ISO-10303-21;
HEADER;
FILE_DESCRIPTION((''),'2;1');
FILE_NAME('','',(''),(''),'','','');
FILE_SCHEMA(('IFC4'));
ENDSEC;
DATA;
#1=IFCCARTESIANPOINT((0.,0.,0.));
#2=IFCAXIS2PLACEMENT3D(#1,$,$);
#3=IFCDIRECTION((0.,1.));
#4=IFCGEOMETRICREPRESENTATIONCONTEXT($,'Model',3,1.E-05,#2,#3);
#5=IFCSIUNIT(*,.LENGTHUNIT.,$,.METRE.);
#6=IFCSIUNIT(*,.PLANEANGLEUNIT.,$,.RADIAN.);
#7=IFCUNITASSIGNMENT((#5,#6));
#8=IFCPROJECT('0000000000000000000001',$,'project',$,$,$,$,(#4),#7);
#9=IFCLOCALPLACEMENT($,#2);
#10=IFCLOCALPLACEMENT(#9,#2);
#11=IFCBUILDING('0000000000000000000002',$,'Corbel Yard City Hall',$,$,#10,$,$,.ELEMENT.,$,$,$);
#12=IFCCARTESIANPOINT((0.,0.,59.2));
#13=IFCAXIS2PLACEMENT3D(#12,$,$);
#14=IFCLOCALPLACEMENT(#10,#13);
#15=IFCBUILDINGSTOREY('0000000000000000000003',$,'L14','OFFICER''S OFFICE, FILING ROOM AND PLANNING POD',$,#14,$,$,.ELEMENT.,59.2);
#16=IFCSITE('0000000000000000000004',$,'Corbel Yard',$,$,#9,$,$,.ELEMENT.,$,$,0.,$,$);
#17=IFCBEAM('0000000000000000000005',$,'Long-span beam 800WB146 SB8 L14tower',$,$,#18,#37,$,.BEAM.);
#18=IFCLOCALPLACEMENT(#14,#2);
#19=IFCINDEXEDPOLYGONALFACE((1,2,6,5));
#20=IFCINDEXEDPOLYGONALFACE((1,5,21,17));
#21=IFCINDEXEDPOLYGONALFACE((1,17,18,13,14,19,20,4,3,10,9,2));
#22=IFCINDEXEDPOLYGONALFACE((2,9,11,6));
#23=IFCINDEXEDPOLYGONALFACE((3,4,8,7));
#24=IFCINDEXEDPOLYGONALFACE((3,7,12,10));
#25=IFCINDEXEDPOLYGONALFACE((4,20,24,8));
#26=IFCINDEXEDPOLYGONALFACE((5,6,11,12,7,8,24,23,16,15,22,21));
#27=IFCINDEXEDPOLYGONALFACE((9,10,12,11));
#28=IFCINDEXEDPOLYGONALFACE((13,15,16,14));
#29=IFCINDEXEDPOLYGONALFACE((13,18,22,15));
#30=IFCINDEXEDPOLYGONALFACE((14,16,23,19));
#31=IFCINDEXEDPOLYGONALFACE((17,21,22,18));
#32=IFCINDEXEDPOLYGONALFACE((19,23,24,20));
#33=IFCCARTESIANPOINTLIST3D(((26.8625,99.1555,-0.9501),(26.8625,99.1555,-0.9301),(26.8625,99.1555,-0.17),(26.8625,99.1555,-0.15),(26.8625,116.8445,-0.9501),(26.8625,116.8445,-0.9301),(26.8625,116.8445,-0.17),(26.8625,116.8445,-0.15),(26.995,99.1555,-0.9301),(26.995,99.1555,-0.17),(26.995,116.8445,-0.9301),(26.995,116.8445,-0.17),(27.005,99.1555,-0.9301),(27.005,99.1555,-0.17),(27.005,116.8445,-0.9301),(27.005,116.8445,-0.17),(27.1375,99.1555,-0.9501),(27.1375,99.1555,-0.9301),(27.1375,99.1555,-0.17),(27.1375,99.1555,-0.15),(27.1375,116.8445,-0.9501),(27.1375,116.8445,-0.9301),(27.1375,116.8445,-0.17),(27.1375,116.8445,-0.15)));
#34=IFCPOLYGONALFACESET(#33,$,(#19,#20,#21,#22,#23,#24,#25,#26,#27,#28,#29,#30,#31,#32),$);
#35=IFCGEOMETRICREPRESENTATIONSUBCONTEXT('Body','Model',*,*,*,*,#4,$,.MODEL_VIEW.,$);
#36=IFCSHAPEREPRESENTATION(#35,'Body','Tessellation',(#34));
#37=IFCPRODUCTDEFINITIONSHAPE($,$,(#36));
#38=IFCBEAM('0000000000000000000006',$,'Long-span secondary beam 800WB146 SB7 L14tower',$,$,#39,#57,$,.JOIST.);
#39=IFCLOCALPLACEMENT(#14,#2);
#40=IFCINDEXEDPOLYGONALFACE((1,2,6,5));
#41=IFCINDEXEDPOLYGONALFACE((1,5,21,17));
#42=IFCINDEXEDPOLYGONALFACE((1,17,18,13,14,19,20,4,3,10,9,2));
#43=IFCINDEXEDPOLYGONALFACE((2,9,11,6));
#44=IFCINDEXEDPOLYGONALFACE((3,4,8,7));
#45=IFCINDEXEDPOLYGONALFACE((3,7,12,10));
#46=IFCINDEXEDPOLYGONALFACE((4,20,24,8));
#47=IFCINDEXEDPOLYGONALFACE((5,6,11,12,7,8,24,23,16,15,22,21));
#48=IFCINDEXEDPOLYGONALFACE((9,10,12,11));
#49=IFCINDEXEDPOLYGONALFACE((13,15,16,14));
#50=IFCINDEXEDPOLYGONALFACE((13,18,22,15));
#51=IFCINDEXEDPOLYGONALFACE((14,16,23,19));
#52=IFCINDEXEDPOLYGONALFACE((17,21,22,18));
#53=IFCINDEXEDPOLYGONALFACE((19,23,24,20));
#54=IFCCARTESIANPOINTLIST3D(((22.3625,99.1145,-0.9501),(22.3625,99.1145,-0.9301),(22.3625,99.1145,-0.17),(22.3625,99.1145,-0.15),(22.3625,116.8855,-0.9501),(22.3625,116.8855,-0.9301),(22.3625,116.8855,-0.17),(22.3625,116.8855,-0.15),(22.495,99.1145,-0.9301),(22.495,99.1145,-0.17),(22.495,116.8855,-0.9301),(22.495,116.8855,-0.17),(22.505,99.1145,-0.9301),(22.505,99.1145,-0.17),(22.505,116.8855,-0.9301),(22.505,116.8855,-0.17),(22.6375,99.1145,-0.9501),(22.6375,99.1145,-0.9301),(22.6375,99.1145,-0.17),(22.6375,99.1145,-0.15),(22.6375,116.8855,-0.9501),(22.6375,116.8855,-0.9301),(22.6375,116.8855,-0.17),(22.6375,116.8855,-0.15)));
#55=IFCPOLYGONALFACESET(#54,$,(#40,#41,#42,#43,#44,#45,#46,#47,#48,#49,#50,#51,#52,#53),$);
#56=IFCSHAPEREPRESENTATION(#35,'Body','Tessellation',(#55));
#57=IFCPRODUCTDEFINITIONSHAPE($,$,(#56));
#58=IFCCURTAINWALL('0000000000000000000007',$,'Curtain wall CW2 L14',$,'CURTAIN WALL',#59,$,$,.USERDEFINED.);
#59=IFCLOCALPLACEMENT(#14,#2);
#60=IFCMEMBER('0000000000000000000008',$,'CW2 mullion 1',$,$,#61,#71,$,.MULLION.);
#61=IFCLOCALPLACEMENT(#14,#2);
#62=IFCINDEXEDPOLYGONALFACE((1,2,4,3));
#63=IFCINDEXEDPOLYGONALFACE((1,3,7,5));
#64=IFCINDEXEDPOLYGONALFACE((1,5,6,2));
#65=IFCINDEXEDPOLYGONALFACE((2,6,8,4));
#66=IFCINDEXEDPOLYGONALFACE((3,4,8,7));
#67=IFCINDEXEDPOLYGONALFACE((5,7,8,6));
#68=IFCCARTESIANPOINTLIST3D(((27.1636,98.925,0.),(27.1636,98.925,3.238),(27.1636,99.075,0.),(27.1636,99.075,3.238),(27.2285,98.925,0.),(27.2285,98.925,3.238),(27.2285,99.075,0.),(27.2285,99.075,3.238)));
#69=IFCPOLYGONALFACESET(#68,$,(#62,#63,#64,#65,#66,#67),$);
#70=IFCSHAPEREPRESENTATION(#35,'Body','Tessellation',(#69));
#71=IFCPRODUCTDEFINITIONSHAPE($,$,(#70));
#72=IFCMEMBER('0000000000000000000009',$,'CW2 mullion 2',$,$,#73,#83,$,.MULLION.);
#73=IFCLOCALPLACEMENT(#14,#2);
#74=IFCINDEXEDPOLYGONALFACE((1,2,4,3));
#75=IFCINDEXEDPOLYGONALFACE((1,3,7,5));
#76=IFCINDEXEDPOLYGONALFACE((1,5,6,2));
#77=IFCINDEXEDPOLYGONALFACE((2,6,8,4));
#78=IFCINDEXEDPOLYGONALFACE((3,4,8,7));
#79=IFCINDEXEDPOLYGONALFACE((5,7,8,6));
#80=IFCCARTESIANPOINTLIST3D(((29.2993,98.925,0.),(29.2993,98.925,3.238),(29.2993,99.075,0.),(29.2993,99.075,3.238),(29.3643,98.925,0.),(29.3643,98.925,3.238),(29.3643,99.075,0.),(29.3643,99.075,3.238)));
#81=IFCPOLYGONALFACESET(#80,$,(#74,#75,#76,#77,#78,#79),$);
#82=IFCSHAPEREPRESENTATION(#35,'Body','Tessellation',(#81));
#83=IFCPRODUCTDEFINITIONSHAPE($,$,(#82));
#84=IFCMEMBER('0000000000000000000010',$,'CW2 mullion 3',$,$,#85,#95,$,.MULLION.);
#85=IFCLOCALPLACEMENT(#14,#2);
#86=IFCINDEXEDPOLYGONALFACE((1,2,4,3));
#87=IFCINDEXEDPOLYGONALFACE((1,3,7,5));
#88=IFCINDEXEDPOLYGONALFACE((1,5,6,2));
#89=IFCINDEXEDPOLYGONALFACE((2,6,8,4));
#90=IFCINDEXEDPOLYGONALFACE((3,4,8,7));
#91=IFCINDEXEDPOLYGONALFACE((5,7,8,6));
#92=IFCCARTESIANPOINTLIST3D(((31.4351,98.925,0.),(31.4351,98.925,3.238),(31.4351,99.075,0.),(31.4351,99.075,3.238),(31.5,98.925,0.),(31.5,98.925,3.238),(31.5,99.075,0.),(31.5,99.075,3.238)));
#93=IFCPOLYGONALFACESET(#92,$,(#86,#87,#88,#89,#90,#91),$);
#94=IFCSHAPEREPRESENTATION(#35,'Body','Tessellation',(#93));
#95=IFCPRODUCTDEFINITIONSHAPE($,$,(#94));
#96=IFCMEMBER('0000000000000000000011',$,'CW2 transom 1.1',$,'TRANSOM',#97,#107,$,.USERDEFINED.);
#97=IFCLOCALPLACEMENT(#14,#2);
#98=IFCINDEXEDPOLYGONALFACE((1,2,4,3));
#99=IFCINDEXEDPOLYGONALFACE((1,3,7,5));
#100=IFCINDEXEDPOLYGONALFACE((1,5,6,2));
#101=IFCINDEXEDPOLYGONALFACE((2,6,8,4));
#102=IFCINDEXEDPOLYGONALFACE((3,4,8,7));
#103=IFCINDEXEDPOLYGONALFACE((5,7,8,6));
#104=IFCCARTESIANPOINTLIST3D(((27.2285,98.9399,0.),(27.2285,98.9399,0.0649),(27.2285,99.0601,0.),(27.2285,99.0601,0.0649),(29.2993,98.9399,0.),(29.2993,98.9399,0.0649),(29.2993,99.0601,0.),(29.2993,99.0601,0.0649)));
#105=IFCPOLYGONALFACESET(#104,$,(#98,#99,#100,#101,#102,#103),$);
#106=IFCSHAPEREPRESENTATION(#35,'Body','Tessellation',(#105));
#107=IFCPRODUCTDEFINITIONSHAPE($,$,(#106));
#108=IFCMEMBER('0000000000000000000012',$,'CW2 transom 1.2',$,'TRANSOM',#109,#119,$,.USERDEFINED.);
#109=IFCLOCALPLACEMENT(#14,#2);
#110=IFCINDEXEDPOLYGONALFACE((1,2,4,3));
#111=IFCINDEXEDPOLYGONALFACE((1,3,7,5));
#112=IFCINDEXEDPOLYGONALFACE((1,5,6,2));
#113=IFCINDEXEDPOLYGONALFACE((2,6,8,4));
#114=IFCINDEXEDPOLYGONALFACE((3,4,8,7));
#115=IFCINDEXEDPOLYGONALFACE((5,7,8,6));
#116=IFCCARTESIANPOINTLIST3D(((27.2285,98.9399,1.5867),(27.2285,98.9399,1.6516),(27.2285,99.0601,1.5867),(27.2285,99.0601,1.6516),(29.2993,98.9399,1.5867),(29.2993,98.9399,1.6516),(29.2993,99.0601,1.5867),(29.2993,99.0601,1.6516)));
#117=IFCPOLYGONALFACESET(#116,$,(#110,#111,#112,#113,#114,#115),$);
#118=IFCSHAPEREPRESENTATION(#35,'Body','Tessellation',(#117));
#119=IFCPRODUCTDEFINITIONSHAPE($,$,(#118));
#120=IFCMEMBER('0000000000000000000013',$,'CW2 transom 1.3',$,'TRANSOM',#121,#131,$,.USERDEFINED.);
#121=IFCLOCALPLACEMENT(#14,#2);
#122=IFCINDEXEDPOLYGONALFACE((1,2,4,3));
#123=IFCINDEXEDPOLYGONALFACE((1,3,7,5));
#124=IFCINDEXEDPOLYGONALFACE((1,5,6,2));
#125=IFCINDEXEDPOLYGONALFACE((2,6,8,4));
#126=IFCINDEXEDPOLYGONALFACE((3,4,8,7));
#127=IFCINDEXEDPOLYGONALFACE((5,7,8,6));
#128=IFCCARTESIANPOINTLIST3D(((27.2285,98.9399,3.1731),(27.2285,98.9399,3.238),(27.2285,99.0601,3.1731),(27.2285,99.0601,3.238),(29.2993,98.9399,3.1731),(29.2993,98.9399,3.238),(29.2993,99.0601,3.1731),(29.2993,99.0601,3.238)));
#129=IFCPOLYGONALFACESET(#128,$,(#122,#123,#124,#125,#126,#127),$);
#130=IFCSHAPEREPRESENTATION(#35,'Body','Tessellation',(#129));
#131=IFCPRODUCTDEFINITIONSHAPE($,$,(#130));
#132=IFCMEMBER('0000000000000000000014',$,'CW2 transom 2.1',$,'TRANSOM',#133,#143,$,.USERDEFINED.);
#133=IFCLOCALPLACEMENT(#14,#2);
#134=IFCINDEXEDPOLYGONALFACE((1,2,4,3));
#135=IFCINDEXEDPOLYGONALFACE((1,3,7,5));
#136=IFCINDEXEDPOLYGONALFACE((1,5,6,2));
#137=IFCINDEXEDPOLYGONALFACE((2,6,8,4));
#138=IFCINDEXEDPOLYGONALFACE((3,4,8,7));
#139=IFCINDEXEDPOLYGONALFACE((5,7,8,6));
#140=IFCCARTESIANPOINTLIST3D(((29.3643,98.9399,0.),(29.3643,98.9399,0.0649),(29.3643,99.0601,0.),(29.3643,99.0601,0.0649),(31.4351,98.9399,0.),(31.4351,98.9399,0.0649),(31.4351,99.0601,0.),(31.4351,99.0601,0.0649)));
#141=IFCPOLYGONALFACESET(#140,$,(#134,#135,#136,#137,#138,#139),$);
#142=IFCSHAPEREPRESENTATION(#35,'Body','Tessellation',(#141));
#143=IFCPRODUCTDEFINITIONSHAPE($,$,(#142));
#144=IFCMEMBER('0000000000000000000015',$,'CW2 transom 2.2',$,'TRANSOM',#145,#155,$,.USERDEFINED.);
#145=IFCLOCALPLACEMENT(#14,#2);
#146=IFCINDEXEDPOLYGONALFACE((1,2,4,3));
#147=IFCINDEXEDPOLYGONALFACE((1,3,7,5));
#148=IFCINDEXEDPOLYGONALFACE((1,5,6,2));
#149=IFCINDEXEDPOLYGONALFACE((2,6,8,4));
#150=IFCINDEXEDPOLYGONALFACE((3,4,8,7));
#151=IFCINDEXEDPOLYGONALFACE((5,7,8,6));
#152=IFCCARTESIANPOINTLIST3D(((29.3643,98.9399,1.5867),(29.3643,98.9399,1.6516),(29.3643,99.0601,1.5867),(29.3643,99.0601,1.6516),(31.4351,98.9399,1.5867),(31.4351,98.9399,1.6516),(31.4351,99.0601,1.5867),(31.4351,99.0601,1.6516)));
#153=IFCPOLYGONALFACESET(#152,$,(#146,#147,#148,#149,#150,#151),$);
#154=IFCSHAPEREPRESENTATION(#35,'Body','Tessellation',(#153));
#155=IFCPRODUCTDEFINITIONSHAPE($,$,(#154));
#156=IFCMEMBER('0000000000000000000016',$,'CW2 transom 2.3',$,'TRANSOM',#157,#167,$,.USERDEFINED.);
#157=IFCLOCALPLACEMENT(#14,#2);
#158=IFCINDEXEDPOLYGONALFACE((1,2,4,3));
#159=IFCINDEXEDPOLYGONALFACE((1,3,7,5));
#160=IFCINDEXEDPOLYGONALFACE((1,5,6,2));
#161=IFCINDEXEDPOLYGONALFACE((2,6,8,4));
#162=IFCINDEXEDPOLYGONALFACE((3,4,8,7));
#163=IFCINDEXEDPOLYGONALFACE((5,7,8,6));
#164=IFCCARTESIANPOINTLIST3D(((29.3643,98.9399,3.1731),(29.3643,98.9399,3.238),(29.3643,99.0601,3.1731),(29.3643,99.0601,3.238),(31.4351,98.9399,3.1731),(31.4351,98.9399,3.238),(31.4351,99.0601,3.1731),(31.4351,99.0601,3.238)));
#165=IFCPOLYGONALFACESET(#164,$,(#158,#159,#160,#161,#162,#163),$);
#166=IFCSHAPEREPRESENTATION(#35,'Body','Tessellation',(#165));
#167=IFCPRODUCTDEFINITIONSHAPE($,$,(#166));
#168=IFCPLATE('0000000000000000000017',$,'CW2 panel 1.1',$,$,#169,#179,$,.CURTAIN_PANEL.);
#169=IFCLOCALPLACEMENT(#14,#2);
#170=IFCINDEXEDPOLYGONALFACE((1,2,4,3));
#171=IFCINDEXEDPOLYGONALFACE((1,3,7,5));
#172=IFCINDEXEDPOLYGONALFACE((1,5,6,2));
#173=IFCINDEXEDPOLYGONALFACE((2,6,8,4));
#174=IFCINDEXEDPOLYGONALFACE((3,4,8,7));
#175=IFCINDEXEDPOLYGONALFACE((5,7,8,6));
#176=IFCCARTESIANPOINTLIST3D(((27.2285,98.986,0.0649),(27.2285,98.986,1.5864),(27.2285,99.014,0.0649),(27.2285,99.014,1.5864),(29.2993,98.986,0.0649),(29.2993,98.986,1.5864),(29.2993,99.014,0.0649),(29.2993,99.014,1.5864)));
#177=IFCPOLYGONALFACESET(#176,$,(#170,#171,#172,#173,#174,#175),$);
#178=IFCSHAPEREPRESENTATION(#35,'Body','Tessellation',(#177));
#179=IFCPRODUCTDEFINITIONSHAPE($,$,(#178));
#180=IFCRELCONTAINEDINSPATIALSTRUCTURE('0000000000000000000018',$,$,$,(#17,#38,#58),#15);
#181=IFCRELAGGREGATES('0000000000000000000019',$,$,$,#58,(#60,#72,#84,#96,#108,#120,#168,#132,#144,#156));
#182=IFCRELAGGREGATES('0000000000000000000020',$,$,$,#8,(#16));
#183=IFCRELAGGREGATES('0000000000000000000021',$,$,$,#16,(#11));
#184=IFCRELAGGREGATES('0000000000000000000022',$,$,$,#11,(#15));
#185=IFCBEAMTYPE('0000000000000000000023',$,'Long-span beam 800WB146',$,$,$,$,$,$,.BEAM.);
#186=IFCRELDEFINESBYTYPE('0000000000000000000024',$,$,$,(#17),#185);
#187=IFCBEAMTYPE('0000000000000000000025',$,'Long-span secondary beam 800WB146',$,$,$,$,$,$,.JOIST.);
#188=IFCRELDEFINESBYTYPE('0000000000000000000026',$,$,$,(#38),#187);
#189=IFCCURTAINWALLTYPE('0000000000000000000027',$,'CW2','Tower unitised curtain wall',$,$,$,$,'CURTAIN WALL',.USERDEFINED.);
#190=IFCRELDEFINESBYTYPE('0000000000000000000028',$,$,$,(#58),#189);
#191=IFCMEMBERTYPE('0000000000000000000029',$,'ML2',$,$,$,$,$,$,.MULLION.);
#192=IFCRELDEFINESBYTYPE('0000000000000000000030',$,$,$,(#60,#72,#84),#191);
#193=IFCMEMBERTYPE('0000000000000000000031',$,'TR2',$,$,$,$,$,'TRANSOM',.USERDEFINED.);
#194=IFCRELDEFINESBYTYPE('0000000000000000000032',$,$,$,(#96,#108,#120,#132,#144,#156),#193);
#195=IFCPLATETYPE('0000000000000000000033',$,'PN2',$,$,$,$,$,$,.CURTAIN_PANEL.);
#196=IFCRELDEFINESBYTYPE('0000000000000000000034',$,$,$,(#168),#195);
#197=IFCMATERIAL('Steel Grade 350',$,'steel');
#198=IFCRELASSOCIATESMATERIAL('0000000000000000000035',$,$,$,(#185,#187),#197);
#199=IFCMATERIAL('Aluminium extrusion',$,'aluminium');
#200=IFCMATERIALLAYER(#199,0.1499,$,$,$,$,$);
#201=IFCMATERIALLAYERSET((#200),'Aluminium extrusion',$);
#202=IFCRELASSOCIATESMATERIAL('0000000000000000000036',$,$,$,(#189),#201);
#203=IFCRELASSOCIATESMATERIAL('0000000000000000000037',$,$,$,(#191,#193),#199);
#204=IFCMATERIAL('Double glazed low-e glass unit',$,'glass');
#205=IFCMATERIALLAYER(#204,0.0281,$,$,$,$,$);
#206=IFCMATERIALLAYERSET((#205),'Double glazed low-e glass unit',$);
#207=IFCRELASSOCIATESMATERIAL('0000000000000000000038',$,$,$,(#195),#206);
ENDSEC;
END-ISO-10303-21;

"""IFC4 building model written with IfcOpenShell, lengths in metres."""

from ifc_helpers import new_model, si_unit, direction, frame, origin, origin_2d, place, context, subcontext, project, spatial, rectangle, i_section, extrude, material, layer, layer_set, material_profile, profile_set, type_object, element, aggregate, save


model = new_model("IFC4")

# Units and contexts
model_context = context("Model", 3, precision=1e-05, world=origin(), true_north=direction((0.0, 1.0)))
body_context = subcontext(model_context, "Body", "Model", "MODEL_VIEW")
ifc_project = project(units=[si_unit("LENGTHUNIT", "METRE"), si_unit("PLANEANGLEUNIT", "RADIAN")], contexts=[model_context])

# Site, building, storey
site_placement = place(None, origin())
site = spatial("IfcSite", under=ifc_project, at=site_placement, Name="Corbel Yard", CompositionType="ELEMENT", RefElevation=0.0)
building_placement = place(site_placement, origin())
building = spatial("IfcBuilding", under=site, at=building_placement, Name="Corbel Yard City Hall", CompositionType="ELEMENT")
storey_placement = place(building_placement, frame((0.0, 0.0, 59.2)))
storey = spatial("IfcBuildingStorey", under=building, at=storey_placement, Name="L14", Description="OFFICER'S OFFICE, FILING ROOM AND PLANNING POD", CompositionType="ELEMENT", Elevation=59.2)

# Beams
ifc_material_1 = material(Name="Steel Grade 350", Category="steel")
ifc_material_profile_1 = material_profile(ifc_material_1, i_section(OverallWidth=0.2749, OverallDepth=0.8, WebThickness=0.01, FlangeThickness=0.02, at=origin_2d()), Name="800WB146")
ifc_profile_set_1 = profile_set([ifc_material_profile_1], Name="Steel Grade 350")
beam_type_1 = type_object("IfcBeamType", Name="Long-span beam 800WB146", PredefinedType="BEAM", material=ifc_profile_set_1)
beam_1_placement = place(storey_placement, frame((27.0, 99.1555, -0.55), z_axis=(0.0, 1.0, 0.0), x_axis=(-1.0, 0.0, 0.0)))
element("IfcBeam", 1, at=beam_1_placement, inside=storey, type_object=beam_type_1, Name="Long-span beam 800WB146 SB8 L14tower", PredefinedType="BEAM", context=body_context, shape_type="SweptSolid", body=[
    extrude(i_section(OverallWidth=0.2749, OverallDepth=0.8, WebThickness=0.01, FlangeThickness=0.02, at=origin_2d()), origin(), (0.0, 0.0, 1.0), 17.689),
])
ifc_material_profile_2 = material_profile(ifc_material_1, i_section(OverallWidth=0.2749, OverallDepth=0.8, WebThickness=0.01, FlangeThickness=0.02, at=origin_2d()), Name="800WB146")
ifc_profile_set_2 = profile_set([ifc_material_profile_2], Name="Steel Grade 350")
beam_type_2 = type_object("IfcBeamType", Name="Long-span secondary beam 800WB146", PredefinedType="JOIST", material=ifc_profile_set_2)
beam_2_placement = place(storey_placement, frame((22.5, 99.1145, -0.55), z_axis=(0.0, 1.0, 0.0), x_axis=(-1.0, 0.0, 0.0)))
element("IfcBeam", 2, at=beam_2_placement, inside=storey, type_object=beam_type_2, Name="Long-span secondary beam 800WB146 SB7 L14tower", PredefinedType="JOIST", context=body_context, shape_type="SweptSolid", body=[
    extrude(i_section(OverallWidth=0.2749, OverallDepth=0.8, WebThickness=0.01, FlangeThickness=0.02, at=origin_2d()), origin(), (0.0, 0.0, 1.0), 17.771),
])

# Curtain wall, members, plate
ifc_material_2 = material(Name="Aluminium extrusion", Category="aluminium")
ifc_layer_1 = layer(ifc_material_2, 0.1499)
ifc_layer_set_1 = layer_set([ifc_layer_1], Name="Aluminium extrusion")
curtain_wall_type = type_object("IfcCurtainWallType", Name="CW2", Description="Tower unitised curtain wall", ElementType="CURTAIN WALL", PredefinedType="USERDEFINED", material=ifc_layer_set_1)
curtain_wall_placement = place(storey_placement, origin())
curtain_wall = element("IfcCurtainWall", 3, at=curtain_wall_placement, inside=storey, type_object=curtain_wall_type, Name="Curtain wall CW2 L14", ObjectType="CURTAIN WALL", PredefinedType="USERDEFINED")
ifc_material_profile_3 = material_profile(ifc_material_2, rectangle(XDim=0.1499, YDim=0.0649, at=origin_2d()), Name="150x65")
ifc_profile_set_3 = profile_set([ifc_material_profile_3], Name="Aluminium extrusion")
member_type_1 = type_object("IfcMemberType", Name="ML2", PredefinedType="MULLION", material=ifc_profile_set_3)
member_1_placement = place(storey_placement, frame((27.196, 99.0, 0.0), z_axis=(0.0, 0.0, 1.0), x_axis=(0.0, 1.0, 0.0)))
member_1 = element("IfcMember", 4, at=member_1_placement, type_object=member_type_1, Name="CW2 mullion 1", PredefinedType="MULLION", context=body_context, shape_type="SweptSolid", body=[
    extrude(rectangle(XDim=0.1499, YDim=0.0649, at=origin_2d()), origin(), (0.0, 0.0, 1.0), 3.238),
])
member_2_placement = place(storey_placement, frame((29.3318, 99.0, 0.0), z_axis=(0.0, 0.0, 1.0), x_axis=(0.0, 1.0, 0.0)))
member_2 = element("IfcMember", 5, at=member_2_placement, type_object=member_type_1, Name="CW2 mullion 2", PredefinedType="MULLION", context=body_context, shape_type="SweptSolid", body=[
    extrude(rectangle(XDim=0.1499, YDim=0.0649, at=origin_2d()), origin(), (0.0, 0.0, 1.0), 3.238),
])
member_3_placement = place(storey_placement, frame((31.4675, 99.0, 0.0), z_axis=(0.0, 0.0, 1.0), x_axis=(0.0, 1.0, 0.0)))
member_3 = element("IfcMember", 6, at=member_3_placement, type_object=member_type_1, Name="CW2 mullion 3", PredefinedType="MULLION", context=body_context, shape_type="SweptSolid", body=[
    extrude(rectangle(XDim=0.1499, YDim=0.0649, at=origin_2d()), origin(), (0.0, 0.0, 1.0), 3.238),
])
ifc_material_profile_4 = material_profile(ifc_material_2, rectangle(XDim=0.1201, YDim=0.0649, at=origin_2d()), Name="120x65")
ifc_profile_set_4 = profile_set([ifc_material_profile_4], Name="Aluminium extrusion")
member_type_2 = type_object("IfcMemberType", Name="TR2", ElementType="TRANSOM", PredefinedType="USERDEFINED", material=ifc_profile_set_4)
member_4_placement = place(storey_placement, frame((27.2285, 99.0, 0.0325), z_axis=(1.0, 0.0, 0.0), x_axis=(0.0, 1.0, 0.0)))
member_4 = element("IfcMember", 7, at=member_4_placement, type_object=member_type_2, Name="CW2 transom 1.1", ObjectType="TRANSOM", PredefinedType="USERDEFINED", context=body_context, shape_type="SweptSolid", body=[
    extrude(rectangle(XDim=0.1201, YDim=0.0649, at=origin_2d()), origin(), (0.0, 0.0, 1.0), 2.0708),
])
member_5_placement = place(storey_placement, frame((27.2285, 99.0, 1.6191), z_axis=(1.0, 0.0, 0.0), x_axis=(0.0, 1.0, 0.0)))
member_5 = element("IfcMember", 8, at=member_5_placement, type_object=member_type_2, Name="CW2 transom 1.2", ObjectType="TRANSOM", PredefinedType="USERDEFINED", context=body_context, shape_type="SweptSolid", body=[
    extrude(rectangle(XDim=0.1201, YDim=0.0649, at=origin_2d()), origin(), (0.0, 0.0, 1.0), 2.0708),
])
member_6_placement = place(storey_placement, frame((27.2285, 99.0, 3.2056), z_axis=(1.0, 0.0, 0.0), x_axis=(0.0, 1.0, 0.0)))
member_6 = element("IfcMember", 9, at=member_6_placement, type_object=member_type_2, Name="CW2 transom 1.3", ObjectType="TRANSOM", PredefinedType="USERDEFINED", context=body_context, shape_type="SweptSolid", body=[
    extrude(rectangle(XDim=0.1201, YDim=0.0649, at=origin_2d()), origin(), (0.0, 0.0, 1.0), 2.0708),
])
member_7_placement = place(storey_placement, frame((29.3643, 99.0, 0.0325), z_axis=(1.0, 0.0, 0.0), x_axis=(0.0, 1.0, 0.0)))
member_7 = element("IfcMember", 10, at=member_7_placement, type_object=member_type_2, Name="CW2 transom 2.1", ObjectType="TRANSOM", PredefinedType="USERDEFINED", context=body_context, shape_type="SweptSolid", body=[
    extrude(rectangle(XDim=0.1201, YDim=0.0649, at=origin_2d()), origin(), (0.0, 0.0, 1.0), 2.0708),
])
member_8_placement = place(storey_placement, frame((29.3643, 99.0, 1.6191), z_axis=(1.0, 0.0, 0.0), x_axis=(0.0, 1.0, 0.0)))
member_8 = element("IfcMember", 11, at=member_8_placement, type_object=member_type_2, Name="CW2 transom 2.2", ObjectType="TRANSOM", PredefinedType="USERDEFINED", context=body_context, shape_type="SweptSolid", body=[
    extrude(rectangle(XDim=0.1201, YDim=0.0649, at=origin_2d()), origin(), (0.0, 0.0, 1.0), 2.0708),
])
member_9_placement = place(storey_placement, frame((29.3643, 99.0, 3.2056), z_axis=(1.0, 0.0, 0.0), x_axis=(0.0, 1.0, 0.0)))
member_9 = element("IfcMember", 12, at=member_9_placement, type_object=member_type_2, Name="CW2 transom 2.3", ObjectType="TRANSOM", PredefinedType="USERDEFINED", context=body_context, shape_type="SweptSolid", body=[
    extrude(rectangle(XDim=0.1201, YDim=0.0649, at=origin_2d()), origin(), (0.0, 0.0, 1.0), 2.0708),
])
ifc_material_3 = material(Name="Double glazed low-e glass unit", Category="glass")
ifc_layer_2 = layer(ifc_material_3, 0.0281)
ifc_layer_set_2 = layer_set([ifc_layer_2], Name="Double glazed low-e glass unit")
plate_type = type_object("IfcPlateType", Name="PN2", PredefinedType="CURTAIN_PANEL", material=ifc_layer_set_2)
plate_1_placement = place(storey_placement, frame((28.2639, 99.0, 0.0649), z_axis=(0.0, 0.0, 1.0), x_axis=(1.0, 0.0, 0.0)))
plate_1 = element("IfcPlate", 13, at=plate_1_placement, type_object=plate_type, Name="CW2 panel 1.1", PredefinedType="CURTAIN_PANEL", context=body_context, shape_type="SweptSolid", body=[
    extrude(rectangle(XDim=2.0708, YDim=0.0281, at=origin_2d()), origin(), (0.0, 0.0, 1.0), 1.5215),
])
aggregate(curtain_wall, [member_1, member_2, member_3, member_4, member_5, member_6, plate_1, member_7, member_8, member_9])

save(model, "model.ifc")
